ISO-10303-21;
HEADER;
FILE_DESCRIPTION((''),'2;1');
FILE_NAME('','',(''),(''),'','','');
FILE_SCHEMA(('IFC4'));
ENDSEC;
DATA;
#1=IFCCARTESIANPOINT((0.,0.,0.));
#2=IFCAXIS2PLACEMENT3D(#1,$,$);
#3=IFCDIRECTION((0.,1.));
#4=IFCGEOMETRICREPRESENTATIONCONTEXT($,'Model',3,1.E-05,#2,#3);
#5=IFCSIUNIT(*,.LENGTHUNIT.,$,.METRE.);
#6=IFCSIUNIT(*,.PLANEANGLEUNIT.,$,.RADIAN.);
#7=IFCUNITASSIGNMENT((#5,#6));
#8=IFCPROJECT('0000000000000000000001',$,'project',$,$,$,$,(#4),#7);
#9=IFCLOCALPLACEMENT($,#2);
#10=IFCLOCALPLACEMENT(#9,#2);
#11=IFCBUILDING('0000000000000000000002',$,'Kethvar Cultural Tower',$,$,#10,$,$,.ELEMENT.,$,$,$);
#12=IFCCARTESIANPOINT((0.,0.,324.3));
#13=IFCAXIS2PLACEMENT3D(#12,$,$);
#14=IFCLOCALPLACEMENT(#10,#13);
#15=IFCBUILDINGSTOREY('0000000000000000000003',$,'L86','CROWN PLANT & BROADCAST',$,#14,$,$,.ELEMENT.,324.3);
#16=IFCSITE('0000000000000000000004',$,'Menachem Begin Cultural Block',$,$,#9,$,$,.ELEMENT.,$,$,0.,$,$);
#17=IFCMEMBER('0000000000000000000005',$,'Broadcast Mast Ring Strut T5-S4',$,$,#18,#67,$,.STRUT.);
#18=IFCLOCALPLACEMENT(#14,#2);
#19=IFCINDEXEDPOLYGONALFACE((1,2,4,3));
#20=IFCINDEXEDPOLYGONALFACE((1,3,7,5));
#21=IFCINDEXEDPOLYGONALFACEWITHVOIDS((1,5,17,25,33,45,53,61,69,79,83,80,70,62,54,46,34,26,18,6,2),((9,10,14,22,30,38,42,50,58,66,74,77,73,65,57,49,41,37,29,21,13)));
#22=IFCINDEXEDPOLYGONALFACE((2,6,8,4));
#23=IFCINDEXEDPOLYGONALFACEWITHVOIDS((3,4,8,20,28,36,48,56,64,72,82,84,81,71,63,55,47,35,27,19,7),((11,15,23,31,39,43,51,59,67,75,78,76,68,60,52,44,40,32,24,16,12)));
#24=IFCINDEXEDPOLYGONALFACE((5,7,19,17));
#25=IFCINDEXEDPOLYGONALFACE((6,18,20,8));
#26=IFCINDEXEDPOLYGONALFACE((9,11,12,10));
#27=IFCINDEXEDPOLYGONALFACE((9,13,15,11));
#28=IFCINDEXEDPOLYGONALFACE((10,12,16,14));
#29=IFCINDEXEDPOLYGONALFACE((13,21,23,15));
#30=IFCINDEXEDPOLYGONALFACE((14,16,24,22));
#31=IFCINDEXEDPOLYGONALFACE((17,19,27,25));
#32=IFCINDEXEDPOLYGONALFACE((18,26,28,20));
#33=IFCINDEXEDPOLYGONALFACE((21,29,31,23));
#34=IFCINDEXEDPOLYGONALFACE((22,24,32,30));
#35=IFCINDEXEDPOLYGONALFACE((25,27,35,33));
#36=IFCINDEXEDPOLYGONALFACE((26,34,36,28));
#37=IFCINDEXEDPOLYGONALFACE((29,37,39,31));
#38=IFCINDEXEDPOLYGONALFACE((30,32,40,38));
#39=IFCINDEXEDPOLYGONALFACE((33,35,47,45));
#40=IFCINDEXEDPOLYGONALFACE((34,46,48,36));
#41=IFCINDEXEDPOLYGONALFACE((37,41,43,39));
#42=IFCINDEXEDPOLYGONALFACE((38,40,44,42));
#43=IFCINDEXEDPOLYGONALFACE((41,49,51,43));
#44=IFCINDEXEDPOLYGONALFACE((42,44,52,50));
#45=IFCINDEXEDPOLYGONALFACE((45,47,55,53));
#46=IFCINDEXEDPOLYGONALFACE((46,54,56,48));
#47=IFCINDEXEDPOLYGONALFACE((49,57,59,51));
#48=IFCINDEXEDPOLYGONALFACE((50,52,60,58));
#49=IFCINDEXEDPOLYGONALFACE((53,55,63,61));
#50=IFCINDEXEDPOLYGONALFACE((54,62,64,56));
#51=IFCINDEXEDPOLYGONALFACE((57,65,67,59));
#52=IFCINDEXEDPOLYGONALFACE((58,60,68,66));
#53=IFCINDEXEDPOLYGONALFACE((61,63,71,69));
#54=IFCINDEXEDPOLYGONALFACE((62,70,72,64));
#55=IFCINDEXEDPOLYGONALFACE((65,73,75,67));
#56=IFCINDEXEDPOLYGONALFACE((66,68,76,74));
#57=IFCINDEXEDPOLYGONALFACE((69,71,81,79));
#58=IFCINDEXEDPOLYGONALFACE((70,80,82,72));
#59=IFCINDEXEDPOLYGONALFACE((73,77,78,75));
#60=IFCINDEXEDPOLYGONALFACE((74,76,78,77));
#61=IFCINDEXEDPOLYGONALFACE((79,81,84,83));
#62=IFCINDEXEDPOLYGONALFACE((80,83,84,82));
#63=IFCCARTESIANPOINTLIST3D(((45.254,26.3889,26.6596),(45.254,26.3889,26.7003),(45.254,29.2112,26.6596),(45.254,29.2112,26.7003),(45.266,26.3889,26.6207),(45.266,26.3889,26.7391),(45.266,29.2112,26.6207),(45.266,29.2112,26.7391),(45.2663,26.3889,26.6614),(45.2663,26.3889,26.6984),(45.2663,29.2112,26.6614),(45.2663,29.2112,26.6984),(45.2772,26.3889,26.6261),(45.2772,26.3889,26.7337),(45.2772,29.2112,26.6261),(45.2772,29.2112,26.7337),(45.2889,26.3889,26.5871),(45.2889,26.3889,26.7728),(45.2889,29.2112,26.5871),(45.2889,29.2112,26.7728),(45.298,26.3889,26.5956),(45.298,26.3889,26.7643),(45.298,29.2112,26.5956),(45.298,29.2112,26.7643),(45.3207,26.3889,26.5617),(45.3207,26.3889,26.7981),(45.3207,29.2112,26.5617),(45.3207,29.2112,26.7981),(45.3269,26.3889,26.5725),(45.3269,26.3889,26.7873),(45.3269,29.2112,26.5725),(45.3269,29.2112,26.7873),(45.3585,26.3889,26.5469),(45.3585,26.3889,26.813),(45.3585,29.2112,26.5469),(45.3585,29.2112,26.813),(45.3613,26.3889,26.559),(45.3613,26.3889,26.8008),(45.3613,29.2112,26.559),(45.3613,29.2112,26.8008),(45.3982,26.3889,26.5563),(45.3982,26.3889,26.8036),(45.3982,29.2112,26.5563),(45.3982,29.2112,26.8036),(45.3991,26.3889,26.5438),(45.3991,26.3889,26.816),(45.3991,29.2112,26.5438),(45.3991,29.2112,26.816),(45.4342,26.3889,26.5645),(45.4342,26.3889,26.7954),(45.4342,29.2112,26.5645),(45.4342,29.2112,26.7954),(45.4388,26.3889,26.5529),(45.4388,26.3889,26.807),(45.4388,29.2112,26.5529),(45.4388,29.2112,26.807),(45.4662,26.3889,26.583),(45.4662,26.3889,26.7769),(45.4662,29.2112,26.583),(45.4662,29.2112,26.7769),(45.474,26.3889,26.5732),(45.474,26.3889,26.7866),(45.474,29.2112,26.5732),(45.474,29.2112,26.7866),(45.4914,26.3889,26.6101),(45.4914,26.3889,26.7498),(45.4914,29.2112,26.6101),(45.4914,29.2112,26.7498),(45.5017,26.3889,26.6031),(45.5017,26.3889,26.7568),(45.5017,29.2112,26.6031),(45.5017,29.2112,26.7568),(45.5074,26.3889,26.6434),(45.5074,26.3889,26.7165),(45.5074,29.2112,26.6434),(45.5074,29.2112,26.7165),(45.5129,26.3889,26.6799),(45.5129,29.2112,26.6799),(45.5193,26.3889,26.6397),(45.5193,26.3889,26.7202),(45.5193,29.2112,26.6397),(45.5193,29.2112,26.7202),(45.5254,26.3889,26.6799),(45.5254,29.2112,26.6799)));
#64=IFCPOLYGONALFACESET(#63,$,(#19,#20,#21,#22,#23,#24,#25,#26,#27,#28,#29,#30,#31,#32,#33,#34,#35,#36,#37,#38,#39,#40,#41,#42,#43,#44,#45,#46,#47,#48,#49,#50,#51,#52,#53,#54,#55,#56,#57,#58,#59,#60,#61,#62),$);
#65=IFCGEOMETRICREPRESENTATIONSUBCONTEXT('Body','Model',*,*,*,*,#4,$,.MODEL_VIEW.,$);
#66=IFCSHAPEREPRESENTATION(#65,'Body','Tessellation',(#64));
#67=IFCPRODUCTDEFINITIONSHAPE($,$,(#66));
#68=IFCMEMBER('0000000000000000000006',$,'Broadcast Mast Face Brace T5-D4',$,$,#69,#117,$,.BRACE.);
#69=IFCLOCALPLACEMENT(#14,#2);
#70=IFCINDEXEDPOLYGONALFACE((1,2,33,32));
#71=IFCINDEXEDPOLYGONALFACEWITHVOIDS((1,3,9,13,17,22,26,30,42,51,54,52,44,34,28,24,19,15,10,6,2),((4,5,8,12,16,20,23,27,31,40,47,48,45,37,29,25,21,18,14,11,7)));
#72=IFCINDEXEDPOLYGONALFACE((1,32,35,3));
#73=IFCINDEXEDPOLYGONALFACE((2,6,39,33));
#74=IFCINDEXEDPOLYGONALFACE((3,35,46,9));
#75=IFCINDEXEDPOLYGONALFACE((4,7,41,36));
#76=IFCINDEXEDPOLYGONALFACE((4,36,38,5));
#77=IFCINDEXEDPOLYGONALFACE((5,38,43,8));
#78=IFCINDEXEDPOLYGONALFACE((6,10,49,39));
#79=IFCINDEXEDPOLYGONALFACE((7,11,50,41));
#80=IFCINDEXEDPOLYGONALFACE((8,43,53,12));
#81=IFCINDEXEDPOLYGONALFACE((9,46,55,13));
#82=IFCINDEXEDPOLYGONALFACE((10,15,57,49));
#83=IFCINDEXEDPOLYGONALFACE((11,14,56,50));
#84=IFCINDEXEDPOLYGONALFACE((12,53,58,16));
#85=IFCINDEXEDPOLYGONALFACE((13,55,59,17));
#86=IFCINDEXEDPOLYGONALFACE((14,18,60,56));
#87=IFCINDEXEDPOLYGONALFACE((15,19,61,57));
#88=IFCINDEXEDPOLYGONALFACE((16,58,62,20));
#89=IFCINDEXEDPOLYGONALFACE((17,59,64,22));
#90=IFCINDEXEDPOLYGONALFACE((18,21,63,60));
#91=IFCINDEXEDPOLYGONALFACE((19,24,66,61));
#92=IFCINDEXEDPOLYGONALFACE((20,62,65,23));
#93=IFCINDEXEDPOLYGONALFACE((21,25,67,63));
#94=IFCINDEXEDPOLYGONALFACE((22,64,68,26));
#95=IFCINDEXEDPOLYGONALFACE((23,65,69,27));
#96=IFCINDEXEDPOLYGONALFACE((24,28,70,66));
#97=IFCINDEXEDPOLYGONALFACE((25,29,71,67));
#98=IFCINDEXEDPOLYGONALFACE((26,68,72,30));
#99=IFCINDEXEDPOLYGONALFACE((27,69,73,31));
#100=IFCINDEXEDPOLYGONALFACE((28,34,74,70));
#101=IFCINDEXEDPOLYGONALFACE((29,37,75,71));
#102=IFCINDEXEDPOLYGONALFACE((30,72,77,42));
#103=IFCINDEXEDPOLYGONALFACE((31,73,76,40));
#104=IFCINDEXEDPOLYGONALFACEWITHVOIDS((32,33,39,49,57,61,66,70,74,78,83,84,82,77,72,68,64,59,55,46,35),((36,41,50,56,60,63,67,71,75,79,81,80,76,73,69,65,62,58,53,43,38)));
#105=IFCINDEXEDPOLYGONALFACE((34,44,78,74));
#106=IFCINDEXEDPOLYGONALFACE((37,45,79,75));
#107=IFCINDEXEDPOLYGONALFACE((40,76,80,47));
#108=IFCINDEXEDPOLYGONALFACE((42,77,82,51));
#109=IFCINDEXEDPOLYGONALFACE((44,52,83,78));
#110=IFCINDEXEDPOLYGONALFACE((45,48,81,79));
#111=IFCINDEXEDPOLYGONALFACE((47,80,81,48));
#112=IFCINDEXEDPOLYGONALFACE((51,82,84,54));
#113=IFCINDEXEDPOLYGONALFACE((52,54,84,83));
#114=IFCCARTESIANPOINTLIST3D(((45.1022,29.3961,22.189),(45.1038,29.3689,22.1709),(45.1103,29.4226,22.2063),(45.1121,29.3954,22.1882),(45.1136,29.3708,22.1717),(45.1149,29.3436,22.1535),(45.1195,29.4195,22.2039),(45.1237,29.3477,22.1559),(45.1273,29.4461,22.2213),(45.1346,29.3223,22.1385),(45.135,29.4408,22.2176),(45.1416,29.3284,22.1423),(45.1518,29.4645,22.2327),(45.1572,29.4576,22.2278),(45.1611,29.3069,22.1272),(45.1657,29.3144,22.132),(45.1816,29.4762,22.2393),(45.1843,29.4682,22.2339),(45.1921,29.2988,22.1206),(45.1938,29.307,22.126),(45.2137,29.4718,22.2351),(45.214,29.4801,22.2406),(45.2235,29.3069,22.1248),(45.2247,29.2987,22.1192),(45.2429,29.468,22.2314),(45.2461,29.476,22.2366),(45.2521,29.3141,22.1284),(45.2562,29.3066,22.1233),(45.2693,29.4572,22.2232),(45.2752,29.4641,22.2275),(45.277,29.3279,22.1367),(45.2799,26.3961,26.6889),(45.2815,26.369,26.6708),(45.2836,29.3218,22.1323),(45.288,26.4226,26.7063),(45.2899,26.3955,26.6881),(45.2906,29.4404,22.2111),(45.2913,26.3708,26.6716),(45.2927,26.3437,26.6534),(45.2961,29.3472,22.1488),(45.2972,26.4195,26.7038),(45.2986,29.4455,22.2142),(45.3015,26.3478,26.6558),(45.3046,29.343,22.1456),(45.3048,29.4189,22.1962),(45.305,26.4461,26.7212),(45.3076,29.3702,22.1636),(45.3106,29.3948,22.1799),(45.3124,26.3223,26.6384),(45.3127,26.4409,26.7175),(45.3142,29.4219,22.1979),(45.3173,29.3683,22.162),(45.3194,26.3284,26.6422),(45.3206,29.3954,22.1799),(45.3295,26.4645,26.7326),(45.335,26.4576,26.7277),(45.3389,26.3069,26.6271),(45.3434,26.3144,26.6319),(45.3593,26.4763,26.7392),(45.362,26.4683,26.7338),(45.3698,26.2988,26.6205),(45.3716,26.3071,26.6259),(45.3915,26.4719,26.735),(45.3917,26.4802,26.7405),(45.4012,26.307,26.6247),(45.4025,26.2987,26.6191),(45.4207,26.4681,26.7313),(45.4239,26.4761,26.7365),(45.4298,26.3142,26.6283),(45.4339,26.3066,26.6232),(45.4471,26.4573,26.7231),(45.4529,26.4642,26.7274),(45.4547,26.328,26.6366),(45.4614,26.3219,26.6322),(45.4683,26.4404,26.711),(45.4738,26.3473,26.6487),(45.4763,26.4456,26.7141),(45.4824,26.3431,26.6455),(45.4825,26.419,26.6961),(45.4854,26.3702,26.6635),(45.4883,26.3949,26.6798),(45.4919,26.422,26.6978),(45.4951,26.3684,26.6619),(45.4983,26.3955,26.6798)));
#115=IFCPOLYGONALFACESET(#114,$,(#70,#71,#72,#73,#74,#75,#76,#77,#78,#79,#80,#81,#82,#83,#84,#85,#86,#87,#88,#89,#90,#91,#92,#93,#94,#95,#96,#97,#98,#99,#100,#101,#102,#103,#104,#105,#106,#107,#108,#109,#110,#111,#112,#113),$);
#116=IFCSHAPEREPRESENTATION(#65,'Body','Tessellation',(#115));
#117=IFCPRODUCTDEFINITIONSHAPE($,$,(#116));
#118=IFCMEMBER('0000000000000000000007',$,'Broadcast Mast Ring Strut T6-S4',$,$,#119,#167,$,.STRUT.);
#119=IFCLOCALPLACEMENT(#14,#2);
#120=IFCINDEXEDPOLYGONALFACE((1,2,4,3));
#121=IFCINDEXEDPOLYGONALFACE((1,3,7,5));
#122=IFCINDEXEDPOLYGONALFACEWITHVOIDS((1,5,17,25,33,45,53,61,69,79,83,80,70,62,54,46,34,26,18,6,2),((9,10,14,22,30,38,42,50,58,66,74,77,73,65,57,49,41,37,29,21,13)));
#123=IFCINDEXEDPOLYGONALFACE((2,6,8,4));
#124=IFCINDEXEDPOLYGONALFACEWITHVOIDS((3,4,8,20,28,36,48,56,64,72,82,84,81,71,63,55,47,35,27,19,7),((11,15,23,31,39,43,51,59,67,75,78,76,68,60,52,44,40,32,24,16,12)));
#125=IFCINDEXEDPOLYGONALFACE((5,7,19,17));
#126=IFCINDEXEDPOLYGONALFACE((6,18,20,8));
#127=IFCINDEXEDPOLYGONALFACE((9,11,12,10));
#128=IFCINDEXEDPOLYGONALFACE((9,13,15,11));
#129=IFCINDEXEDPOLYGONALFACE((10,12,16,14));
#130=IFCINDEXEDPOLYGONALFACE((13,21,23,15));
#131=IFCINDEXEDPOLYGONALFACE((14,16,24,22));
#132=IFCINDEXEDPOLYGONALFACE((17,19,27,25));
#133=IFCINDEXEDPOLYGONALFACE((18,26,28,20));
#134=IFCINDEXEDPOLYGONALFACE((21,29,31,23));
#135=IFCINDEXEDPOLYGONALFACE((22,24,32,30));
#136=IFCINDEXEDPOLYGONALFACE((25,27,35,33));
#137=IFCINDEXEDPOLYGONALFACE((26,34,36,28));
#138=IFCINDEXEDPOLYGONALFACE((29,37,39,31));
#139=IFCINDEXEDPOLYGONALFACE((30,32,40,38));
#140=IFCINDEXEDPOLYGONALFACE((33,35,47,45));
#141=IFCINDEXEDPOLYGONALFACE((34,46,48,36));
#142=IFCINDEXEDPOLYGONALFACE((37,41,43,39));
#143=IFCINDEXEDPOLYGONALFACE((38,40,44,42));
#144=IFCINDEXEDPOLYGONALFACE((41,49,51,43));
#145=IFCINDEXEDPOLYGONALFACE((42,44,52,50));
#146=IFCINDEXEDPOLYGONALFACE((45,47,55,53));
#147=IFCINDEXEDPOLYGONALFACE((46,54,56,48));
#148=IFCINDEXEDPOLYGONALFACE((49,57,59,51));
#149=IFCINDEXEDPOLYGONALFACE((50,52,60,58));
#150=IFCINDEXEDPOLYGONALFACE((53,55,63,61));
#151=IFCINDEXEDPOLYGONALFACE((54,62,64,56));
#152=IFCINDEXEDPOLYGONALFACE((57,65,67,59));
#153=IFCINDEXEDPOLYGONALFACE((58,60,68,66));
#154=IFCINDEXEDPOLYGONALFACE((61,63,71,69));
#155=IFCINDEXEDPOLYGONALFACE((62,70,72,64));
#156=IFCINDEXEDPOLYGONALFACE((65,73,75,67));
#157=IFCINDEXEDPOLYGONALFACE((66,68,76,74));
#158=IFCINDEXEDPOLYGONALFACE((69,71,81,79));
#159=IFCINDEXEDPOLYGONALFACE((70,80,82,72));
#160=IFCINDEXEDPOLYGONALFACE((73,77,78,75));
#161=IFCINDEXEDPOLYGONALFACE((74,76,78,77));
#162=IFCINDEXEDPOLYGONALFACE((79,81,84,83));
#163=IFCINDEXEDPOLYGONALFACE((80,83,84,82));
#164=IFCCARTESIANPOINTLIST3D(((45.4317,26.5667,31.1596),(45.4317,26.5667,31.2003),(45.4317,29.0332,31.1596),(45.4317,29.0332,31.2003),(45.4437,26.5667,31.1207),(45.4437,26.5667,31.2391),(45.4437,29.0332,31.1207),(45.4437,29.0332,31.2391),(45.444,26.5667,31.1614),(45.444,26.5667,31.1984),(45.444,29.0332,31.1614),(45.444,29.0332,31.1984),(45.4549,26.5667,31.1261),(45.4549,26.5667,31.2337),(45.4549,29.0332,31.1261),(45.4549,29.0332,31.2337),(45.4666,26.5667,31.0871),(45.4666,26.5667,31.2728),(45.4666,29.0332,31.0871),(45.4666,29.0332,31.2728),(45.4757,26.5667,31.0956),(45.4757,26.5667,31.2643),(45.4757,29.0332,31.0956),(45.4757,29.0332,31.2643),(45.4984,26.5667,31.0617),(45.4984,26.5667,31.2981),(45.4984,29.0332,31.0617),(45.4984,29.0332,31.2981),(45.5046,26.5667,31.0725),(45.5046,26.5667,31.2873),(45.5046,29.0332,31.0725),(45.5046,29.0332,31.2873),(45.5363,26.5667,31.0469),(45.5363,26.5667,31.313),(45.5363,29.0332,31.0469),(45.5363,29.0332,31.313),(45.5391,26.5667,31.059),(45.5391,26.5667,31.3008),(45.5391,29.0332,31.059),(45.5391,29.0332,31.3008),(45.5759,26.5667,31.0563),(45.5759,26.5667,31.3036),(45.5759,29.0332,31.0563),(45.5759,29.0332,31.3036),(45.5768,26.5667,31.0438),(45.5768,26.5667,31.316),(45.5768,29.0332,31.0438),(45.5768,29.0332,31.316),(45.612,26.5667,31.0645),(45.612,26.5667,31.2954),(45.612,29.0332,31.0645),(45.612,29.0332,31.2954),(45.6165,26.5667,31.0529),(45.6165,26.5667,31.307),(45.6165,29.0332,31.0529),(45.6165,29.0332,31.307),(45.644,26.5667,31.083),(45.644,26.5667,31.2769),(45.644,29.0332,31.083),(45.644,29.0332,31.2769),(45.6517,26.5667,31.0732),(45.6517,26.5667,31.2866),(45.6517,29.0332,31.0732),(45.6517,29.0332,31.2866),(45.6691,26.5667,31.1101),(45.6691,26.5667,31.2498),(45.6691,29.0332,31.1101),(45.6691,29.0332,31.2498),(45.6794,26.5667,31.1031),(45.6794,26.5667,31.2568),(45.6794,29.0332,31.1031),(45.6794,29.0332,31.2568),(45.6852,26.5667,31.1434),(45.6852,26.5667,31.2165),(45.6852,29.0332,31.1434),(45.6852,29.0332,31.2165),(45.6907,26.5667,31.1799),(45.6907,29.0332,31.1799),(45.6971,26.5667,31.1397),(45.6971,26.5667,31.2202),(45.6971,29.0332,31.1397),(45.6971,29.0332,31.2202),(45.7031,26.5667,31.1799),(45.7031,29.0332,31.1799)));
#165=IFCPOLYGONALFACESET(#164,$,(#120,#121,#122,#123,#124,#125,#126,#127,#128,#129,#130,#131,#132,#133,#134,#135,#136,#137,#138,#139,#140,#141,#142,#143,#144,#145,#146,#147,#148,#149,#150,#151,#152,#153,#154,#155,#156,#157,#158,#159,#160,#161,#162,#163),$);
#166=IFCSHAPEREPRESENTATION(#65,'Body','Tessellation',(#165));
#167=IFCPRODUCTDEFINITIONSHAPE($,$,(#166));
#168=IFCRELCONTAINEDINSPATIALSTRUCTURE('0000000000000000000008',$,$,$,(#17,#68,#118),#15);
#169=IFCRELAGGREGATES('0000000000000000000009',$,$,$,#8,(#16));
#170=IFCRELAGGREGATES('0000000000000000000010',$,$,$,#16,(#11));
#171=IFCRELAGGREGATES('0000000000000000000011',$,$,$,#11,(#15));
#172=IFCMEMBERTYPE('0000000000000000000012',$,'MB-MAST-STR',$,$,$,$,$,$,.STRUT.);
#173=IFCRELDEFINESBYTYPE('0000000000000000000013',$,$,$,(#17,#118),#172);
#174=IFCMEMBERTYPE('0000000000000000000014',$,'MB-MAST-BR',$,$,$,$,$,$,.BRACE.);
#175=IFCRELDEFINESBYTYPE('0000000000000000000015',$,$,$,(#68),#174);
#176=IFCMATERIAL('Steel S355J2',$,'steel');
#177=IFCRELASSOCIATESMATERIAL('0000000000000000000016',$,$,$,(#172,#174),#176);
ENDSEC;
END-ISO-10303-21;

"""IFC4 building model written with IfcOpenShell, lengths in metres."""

from ifc_helpers import new_model, si_unit, direction, frame, origin, origin_2d, place, context, subcontext, project, spatial, hollow_circle, extrude, source, transform, mapped, material, material_profile, profile_set, type_object, element, save


model = new_model("IFC4")

# Units and contexts
model_context = context("Model", 3, precision=1e-05, world=origin(), true_north=direction((0.0, 1.0)))
body_context = subcontext(model_context, "Body", "Model", "MODEL_VIEW")
ifc_project = project(units=[si_unit("LENGTHUNIT", "METRE"), si_unit("PLANEANGLEUNIT", "RADIAN")], contexts=[model_context])

# Site, building, storey
site_placement = place(None, origin())
site = spatial("IfcSite", under=ifc_project, at=site_placement, Name="Menachem Begin Cultural Block", CompositionType="ELEMENT", RefElevation=0.0)
building_placement = place(site_placement, origin())
building = spatial("IfcBuilding", under=site, at=building_placement, Name="Kethvar Cultural Tower", CompositionType="ELEMENT")
storey_placement = place(building_placement, frame((0.0, 0.0, 324.3)))
storey = spatial("IfcBuildingStorey", under=building, at=storey_placement, Name="L86", Description="CROWN PLANT & BROADCAST", CompositionType="ELEMENT", Elevation=324.3)

# Shared definitions
ifc_material_1 = material(Name="Steel S355J2", Category="steel")

# Members
ifc_material_profile_1 = material_profile(ifc_material_1, hollow_circle(Radius=0.1365, WallThickness=0.0125, at=origin_2d()), Name="Steel S355J2 — CHS273x12.5")
ifc_profile_set_1 = profile_set([ifc_material_profile_1], Name="Steel S355J2 — CHS273x12.5")
member_type_1 = type_object("IfcMemberType", Name="MB-MAST-STR", PredefinedType="STRUT", material=ifc_profile_set_1)
ifc_material_profile_2 = material_profile(ifc_material_1, hollow_circle(Radius=0.1096, WallThickness=0.01, at=origin_2d()), Name="Steel S355J2 — CHS219x10")
ifc_profile_set_2 = profile_set([ifc_material_profile_2], Name="Steel S355J2 — CHS219x10")
member_type_2 = type_object("IfcMemberType", Name="MB-MAST-BR", PredefinedType="BRACE", material=ifc_profile_set_2)
shared_shape_1 = source(origin(), body_context, "Body", "SweptSolid", [
    extrude(hollow_circle(Radius=0.1365, WallThickness=0.0125, at=origin_2d()), origin(), (0.0, 0.0, 1.0), 2.8223),
])
member_1_placement = place(storey_placement, frame((45.3889, 29.2112, 26.6799), z_axis=(0.0, -1.0, 0.0), x_axis=(1.0, 0.0, 0.0)))
element("IfcMember", 1, at=member_1_placement, inside=storey, type_object=member_type_1, Name="Broadcast Mast Ring Strut T5-S4", PredefinedType="STRUT", context=body_context, shape_type="MappedRepresentation", body=[
    mapped(shared_shape_1, transform((0.0, 0.0, 0.0), scale=1.0)),
])
shared_shape_2 = source(origin(), body_context, "Body", "SweptSolid", [
    extrude(hollow_circle(Radius=0.1096, WallThickness=0.01, at=origin_2d()), origin(), (0.0, 0.0, 1.0), 5.4111),
])
member_2_placement = place(storey_placement, frame((45.2112, 29.3889, 22.1799), z_axis=(0.032845, -0.554401, 0.831601), x_axis=(0.99825, 0.059141, 0.0)))
element("IfcMember", 2, at=member_2_placement, inside=storey, type_object=member_type_2, Name="Broadcast Mast Face Brace T5-D4", PredefinedType="BRACE", context=body_context, shape_type="MappedRepresentation", body=[
    mapped(shared_shape_2, transform((0.0, 0.0, 0.0), scale=1.0)),
])
shared_shape_3 = source(origin(), body_context, "Body", "SweptSolid", [
    extrude(hollow_circle(Radius=0.1365, WallThickness=0.0125, at=origin_2d()), origin(), (0.0, 0.0, 1.0), 2.4666),
])
member_3_placement = place(storey_placement, frame((45.5667, 29.0332, 31.1799), z_axis=(0.0, -1.0, 0.0), x_axis=(1.0, 0.0, 0.0)))
element("IfcMember", 3, at=member_3_placement, inside=storey, type_object=member_type_1, Name="Broadcast Mast Ring Strut T6-S4", PredefinedType="STRUT", context=body_context, shape_type="MappedRepresentation", body=[
    mapped(shared_shape_3, transform((0.0, 0.0, 0.0), scale=1.0)),
])

save(model, "model.ifc")
